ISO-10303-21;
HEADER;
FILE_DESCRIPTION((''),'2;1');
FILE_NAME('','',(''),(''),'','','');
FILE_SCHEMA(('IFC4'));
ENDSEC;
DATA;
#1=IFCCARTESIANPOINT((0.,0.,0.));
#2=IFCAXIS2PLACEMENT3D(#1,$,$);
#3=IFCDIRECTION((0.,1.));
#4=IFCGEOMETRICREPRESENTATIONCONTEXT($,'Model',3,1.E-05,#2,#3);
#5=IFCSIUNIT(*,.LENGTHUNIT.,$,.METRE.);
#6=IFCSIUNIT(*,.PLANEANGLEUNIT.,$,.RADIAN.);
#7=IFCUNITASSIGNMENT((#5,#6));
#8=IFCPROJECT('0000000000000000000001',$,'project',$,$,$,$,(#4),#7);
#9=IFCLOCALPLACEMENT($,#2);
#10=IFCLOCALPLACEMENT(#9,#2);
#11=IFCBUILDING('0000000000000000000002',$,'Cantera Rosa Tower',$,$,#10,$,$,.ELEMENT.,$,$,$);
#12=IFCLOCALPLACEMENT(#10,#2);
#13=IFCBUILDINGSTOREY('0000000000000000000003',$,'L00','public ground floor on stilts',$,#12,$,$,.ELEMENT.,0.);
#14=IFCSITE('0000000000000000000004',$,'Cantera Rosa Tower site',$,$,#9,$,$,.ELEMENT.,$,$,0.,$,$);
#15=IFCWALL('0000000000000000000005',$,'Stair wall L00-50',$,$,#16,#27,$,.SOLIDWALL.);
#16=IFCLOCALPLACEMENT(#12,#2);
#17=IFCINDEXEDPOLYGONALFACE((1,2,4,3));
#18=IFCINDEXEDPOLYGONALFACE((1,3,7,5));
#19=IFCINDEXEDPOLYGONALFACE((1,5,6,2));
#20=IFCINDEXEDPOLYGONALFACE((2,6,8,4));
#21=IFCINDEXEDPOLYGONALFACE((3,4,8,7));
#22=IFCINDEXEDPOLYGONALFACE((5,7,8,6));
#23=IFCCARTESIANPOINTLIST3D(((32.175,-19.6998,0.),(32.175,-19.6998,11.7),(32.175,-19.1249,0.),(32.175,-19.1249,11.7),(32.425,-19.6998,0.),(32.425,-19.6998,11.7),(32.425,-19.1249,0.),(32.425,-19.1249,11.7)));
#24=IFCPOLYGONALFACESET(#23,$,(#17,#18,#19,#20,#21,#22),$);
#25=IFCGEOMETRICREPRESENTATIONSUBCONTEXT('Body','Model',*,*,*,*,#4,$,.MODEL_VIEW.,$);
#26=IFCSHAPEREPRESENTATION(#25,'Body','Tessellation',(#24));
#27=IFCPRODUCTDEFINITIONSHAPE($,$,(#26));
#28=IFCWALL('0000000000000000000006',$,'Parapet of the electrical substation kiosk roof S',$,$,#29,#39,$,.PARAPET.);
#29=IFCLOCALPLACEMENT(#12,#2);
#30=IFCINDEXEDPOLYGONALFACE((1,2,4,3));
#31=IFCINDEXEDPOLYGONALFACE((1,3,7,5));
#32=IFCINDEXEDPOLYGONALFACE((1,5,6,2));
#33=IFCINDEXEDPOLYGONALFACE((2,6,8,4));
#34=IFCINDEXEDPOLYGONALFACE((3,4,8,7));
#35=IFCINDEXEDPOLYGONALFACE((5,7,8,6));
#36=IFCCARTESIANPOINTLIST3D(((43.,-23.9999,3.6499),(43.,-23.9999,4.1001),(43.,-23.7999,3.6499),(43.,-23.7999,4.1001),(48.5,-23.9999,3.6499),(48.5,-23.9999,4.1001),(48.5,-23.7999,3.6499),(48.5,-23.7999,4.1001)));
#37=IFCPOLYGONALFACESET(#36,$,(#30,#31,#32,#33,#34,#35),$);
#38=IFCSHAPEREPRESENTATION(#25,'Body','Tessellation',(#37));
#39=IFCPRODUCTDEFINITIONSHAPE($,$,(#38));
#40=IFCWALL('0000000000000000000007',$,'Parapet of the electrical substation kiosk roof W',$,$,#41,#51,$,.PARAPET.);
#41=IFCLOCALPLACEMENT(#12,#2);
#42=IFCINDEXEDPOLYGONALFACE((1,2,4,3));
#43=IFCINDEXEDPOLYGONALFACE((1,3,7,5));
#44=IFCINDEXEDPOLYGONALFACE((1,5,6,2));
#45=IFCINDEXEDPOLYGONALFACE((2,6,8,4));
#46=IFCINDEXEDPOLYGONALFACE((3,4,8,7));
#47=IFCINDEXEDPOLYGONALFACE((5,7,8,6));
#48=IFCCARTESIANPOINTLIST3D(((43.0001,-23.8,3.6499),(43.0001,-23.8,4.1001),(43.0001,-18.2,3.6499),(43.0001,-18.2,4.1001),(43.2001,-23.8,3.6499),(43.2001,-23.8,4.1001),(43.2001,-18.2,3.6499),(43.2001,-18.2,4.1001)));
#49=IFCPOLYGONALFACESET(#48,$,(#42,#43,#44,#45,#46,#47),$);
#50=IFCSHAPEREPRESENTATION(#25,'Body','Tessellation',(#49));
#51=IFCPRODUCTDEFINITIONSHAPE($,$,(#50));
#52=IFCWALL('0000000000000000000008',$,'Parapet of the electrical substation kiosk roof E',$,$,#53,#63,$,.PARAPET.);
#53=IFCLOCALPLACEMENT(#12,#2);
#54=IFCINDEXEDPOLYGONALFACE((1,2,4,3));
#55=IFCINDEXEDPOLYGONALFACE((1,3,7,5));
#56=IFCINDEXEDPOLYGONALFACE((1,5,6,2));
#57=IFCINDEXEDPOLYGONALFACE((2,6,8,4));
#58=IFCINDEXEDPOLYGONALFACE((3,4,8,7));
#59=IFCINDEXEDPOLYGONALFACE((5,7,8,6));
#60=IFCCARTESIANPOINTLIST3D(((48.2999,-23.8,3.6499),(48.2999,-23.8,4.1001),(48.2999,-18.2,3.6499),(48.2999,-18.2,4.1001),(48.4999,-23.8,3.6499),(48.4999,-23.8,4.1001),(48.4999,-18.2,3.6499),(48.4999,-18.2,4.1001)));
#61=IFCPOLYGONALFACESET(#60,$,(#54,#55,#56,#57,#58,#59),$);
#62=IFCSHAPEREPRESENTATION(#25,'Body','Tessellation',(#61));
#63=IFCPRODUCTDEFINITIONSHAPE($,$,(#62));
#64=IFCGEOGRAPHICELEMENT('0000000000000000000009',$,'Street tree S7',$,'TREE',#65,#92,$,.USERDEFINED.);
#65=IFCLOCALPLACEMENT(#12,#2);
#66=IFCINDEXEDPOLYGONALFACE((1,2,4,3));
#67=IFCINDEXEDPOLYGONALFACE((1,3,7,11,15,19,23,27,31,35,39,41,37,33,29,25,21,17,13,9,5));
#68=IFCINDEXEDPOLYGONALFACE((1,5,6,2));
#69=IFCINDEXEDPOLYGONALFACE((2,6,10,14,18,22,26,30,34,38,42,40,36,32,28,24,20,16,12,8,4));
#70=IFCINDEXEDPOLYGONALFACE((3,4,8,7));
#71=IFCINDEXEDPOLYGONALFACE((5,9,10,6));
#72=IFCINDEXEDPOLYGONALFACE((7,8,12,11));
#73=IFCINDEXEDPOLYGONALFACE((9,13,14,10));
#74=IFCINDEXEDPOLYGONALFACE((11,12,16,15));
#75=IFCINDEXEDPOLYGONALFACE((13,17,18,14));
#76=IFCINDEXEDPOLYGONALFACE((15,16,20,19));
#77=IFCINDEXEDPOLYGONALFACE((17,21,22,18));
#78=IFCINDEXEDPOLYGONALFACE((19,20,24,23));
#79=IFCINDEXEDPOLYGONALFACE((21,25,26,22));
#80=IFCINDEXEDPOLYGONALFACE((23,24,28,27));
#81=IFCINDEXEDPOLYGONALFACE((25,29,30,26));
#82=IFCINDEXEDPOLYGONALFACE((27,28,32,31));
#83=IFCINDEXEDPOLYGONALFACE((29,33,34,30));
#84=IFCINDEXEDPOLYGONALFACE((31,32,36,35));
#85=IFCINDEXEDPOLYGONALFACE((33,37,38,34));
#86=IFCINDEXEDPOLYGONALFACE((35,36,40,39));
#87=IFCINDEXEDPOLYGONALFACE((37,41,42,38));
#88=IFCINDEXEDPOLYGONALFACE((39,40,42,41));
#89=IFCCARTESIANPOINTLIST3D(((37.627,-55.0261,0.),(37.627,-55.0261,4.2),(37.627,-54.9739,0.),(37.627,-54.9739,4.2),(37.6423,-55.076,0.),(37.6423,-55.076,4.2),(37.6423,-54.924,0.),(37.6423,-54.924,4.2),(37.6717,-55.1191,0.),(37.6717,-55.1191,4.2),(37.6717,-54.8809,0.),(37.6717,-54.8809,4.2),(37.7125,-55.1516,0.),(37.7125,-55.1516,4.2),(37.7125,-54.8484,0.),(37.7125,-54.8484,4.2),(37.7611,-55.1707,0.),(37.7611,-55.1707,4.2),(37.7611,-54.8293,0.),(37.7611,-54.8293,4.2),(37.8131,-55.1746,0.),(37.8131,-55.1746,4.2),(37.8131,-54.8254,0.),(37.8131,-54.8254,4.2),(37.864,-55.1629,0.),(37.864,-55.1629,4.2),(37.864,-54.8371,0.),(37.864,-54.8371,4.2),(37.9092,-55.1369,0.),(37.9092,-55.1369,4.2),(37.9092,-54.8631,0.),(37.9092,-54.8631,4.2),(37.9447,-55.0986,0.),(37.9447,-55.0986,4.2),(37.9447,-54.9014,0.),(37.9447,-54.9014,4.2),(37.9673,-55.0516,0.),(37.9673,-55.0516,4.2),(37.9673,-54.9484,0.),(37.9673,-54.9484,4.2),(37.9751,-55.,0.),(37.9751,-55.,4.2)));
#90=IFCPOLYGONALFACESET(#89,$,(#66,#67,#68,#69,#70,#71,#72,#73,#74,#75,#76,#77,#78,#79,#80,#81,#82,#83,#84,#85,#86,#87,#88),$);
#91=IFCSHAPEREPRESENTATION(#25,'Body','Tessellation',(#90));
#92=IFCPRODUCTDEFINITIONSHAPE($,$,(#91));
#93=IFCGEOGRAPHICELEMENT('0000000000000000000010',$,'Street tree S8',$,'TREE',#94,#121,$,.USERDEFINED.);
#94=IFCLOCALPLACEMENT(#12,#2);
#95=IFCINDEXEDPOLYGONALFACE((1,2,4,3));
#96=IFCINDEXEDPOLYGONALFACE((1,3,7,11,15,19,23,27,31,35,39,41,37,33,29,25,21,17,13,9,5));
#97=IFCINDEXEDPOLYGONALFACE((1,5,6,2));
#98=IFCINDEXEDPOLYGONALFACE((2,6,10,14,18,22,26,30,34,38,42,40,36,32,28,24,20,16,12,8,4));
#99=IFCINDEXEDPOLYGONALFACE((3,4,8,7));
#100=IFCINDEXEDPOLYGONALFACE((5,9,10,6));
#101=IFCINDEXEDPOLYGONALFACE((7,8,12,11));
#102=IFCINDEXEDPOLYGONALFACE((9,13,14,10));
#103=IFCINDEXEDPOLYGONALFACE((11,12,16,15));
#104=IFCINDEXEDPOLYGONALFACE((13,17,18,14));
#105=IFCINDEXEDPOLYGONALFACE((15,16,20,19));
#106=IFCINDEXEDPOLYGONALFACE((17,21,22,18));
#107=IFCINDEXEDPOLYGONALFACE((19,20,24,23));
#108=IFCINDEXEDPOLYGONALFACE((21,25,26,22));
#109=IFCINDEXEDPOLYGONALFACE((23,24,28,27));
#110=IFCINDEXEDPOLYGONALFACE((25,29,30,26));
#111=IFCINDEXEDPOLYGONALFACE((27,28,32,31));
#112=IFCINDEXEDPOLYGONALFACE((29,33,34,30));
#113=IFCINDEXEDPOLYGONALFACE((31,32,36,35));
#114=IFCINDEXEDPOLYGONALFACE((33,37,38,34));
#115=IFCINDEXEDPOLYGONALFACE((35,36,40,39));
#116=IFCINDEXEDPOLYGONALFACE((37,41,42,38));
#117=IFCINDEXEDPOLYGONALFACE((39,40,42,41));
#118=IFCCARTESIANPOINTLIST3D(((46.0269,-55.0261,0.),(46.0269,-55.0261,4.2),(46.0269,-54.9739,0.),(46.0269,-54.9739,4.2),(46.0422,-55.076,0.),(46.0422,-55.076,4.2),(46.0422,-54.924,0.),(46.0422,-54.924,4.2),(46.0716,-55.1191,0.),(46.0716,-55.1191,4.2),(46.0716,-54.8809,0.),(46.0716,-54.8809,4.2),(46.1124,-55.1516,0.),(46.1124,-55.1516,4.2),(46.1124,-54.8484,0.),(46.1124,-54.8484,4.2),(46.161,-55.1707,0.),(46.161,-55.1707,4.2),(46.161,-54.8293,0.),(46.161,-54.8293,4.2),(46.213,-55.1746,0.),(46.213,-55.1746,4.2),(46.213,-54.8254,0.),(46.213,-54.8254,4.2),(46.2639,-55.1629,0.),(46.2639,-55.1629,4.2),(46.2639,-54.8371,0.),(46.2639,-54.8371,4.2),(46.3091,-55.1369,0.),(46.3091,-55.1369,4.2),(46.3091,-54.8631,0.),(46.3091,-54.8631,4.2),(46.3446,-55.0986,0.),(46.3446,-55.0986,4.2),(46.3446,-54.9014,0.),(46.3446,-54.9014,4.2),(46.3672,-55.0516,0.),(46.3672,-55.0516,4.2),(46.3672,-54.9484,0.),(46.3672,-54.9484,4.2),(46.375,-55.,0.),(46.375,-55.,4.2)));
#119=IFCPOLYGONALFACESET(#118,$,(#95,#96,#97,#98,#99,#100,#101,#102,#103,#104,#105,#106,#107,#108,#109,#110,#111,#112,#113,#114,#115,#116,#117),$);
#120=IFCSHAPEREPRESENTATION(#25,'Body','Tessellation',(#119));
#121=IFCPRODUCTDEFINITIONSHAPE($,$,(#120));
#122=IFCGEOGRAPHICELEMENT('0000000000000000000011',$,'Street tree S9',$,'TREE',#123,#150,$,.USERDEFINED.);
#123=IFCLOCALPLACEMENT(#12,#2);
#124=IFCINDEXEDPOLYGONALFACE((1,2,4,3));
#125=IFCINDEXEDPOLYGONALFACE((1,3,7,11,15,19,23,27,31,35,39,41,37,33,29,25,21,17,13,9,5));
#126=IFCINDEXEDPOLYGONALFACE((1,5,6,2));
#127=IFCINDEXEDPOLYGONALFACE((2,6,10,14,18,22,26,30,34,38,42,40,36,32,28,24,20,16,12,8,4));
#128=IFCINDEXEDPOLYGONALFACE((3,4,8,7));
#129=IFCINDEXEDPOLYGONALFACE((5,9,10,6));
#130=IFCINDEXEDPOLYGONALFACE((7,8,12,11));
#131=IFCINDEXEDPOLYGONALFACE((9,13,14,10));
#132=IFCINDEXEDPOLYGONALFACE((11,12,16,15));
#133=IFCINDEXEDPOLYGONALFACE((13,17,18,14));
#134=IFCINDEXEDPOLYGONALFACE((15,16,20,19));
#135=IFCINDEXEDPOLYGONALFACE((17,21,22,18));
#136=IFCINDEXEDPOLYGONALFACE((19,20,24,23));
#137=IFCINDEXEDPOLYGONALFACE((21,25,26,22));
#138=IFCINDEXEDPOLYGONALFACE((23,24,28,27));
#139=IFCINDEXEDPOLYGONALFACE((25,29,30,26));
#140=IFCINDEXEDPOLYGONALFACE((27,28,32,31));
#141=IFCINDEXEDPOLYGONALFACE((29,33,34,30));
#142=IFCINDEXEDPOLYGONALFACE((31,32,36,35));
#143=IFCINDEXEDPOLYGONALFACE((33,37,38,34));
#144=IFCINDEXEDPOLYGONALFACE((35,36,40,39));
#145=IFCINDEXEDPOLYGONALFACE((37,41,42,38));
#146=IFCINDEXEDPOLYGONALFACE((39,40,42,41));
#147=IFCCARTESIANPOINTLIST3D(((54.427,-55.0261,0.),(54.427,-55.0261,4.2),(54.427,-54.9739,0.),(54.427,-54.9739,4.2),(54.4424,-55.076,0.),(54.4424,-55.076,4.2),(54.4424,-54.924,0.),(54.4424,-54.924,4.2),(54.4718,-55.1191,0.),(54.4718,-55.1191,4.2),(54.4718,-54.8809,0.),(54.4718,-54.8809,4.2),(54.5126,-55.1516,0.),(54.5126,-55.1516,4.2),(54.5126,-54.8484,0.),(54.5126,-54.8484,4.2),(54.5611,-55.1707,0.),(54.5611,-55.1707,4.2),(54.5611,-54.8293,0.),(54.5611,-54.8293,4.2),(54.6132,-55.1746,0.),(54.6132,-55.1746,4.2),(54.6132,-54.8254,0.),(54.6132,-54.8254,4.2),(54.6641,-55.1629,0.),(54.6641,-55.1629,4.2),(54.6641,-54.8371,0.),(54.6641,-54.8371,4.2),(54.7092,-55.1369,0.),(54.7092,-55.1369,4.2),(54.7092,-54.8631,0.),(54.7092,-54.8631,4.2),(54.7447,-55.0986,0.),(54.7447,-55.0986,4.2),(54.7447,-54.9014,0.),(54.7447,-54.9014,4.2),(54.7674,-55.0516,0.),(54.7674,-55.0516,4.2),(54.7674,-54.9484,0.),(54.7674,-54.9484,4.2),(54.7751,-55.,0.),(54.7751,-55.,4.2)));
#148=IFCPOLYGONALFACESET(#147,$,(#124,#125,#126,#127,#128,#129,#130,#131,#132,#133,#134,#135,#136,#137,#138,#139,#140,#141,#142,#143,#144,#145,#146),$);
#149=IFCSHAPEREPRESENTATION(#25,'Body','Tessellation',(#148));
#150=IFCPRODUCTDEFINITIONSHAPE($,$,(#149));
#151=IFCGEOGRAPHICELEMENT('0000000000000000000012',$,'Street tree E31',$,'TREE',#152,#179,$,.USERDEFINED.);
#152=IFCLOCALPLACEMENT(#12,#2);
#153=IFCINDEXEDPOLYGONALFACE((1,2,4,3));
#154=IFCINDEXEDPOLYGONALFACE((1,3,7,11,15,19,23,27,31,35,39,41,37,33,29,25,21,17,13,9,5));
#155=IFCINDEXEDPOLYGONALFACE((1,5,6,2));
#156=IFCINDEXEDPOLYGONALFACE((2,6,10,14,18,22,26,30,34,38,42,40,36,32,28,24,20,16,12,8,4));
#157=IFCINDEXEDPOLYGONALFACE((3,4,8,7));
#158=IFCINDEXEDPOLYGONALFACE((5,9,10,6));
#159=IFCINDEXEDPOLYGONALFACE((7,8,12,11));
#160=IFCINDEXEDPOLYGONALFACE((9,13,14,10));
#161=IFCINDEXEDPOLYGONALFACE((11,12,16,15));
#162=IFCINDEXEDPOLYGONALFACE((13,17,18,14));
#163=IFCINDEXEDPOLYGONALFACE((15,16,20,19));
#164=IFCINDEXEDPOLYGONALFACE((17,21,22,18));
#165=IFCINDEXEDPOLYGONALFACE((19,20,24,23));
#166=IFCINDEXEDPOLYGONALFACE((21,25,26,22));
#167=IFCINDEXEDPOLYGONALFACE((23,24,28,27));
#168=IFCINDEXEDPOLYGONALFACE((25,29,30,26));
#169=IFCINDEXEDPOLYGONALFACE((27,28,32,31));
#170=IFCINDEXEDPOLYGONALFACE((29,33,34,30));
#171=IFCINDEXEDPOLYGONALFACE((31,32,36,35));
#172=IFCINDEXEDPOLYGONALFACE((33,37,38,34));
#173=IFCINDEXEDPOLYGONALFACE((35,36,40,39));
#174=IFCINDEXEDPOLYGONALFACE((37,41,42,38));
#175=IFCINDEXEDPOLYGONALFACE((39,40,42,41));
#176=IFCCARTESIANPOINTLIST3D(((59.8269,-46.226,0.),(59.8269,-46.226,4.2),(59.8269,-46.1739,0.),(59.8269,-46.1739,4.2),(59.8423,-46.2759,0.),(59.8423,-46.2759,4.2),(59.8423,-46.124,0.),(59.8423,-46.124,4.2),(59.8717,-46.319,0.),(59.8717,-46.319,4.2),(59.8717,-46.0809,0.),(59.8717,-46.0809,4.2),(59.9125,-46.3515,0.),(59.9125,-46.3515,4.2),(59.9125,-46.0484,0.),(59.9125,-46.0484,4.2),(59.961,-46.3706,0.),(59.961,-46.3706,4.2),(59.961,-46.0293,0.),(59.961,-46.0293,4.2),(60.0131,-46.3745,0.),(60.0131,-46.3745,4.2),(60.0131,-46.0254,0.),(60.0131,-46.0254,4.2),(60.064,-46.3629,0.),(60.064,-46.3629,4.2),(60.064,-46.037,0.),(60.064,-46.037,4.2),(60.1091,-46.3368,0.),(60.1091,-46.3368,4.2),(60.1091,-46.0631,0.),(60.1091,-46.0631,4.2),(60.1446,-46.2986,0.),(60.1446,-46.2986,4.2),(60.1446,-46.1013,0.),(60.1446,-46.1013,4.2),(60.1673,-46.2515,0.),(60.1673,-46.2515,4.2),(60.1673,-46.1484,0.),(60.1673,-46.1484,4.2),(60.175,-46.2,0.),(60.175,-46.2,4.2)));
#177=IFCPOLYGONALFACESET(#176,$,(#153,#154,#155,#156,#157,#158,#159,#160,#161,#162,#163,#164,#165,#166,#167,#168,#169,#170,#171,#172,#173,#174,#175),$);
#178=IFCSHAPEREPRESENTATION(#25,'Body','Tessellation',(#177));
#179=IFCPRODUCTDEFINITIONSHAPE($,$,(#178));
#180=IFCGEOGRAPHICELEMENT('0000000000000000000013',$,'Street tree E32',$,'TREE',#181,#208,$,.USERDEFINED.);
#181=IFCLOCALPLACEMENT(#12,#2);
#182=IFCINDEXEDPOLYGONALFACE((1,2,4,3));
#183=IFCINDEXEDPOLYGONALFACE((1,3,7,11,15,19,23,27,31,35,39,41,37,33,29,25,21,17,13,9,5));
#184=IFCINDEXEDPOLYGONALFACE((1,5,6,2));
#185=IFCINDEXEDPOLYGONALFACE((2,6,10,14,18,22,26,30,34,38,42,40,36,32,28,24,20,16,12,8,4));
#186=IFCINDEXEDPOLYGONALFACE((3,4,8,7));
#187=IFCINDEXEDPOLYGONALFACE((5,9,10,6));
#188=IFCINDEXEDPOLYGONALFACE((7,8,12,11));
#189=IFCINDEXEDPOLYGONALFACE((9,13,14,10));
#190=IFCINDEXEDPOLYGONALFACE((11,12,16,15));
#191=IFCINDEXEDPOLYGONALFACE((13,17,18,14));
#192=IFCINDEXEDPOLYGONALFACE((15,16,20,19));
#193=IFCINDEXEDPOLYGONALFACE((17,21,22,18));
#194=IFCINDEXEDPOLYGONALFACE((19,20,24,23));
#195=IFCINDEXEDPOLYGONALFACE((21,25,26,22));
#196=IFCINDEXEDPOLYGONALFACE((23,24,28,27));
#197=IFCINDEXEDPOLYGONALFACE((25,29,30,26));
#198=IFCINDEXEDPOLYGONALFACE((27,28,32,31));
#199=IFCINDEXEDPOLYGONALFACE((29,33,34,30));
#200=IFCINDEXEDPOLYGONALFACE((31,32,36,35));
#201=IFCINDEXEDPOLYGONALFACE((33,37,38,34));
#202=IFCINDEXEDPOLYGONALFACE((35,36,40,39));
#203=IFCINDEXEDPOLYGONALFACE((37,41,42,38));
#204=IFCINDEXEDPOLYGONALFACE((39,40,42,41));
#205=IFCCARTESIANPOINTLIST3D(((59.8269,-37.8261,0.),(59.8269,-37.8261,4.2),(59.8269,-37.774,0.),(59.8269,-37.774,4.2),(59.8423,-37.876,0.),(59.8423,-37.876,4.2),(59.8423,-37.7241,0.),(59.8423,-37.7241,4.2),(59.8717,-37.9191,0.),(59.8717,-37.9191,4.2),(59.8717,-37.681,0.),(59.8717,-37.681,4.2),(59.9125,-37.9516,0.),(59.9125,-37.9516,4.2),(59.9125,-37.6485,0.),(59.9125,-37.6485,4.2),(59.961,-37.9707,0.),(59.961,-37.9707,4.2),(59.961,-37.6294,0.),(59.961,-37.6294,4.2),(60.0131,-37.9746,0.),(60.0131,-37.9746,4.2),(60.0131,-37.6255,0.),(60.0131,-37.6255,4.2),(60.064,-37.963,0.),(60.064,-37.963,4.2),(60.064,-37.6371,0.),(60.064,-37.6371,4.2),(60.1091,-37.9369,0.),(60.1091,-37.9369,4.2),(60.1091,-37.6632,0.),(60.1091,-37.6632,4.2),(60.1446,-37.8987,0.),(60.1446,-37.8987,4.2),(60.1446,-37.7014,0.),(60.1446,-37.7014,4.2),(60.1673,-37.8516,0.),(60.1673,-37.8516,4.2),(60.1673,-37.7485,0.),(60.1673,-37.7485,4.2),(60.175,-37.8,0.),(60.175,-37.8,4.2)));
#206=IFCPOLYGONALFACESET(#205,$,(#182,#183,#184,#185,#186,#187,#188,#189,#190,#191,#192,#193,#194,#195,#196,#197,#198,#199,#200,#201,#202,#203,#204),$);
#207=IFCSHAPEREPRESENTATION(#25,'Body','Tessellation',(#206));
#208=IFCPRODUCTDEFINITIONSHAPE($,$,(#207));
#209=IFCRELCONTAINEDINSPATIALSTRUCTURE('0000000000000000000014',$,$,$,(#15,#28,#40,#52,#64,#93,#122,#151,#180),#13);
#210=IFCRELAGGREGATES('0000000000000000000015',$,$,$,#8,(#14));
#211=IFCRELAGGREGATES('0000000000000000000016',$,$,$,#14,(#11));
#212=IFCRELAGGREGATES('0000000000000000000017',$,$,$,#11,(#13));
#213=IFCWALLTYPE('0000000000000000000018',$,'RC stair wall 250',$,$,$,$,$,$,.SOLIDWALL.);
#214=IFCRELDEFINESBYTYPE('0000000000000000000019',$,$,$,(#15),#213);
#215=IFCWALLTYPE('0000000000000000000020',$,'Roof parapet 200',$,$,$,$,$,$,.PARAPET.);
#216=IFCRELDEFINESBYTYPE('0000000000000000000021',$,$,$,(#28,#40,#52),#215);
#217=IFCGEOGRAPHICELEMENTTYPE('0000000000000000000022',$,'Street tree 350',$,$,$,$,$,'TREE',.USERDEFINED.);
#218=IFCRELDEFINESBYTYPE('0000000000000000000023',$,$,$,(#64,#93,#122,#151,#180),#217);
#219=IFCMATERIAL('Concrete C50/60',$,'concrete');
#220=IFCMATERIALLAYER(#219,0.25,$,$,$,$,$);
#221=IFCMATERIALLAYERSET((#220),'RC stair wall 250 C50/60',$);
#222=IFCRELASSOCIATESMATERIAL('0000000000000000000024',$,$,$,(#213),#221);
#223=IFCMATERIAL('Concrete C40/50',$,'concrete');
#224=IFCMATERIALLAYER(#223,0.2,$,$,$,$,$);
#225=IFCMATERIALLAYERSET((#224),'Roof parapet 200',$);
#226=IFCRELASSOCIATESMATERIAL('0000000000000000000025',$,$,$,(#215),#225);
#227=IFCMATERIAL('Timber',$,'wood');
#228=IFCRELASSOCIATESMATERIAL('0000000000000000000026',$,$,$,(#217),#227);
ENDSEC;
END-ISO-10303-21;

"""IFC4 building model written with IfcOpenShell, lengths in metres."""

from ifc_helpers import new_model, si_unit, direction, frame, frame_2d, origin, origin_2d, place, context, subcontext, project, spatial, rectangle, circle, extrude, material, layer, layer_set, material_profile, profile_set, type_object, element, save


model = new_model("IFC4")

# Units and contexts
model_context = context("Model", 3, precision=1e-05, world=origin(), true_north=direction((0.0, 1.0)))
body_context = subcontext(model_context, "Body", "Model", "MODEL_VIEW")
ifc_project = project(units=[si_unit("LENGTHUNIT", "METRE"), si_unit("PLANEANGLEUNIT", "RADIAN")], contexts=[model_context])

# Site, building, storey
site_placement = place(None, origin())
site = spatial("IfcSite", under=ifc_project, at=site_placement, Name="Cantera Rosa Tower site", CompositionType="ELEMENT", RefElevation=0.0)
building_placement = place(site_placement, origin())
building = spatial("IfcBuilding", under=site, at=building_placement, Name="Cantera Rosa Tower", CompositionType="ELEMENT")
storey_placement = place(building_placement, origin())
storey = spatial("IfcBuildingStorey", under=building, at=storey_placement, Name="L00", Description="public ground floor on stilts", CompositionType="ELEMENT", Elevation=0.0)

# Walls
ifc_material_1 = material(Name="Concrete C50/60", Category="concrete")
ifc_layer_1 = layer(ifc_material_1, 0.25)
ifc_layer_set_1 = layer_set([ifc_layer_1], Name="RC stair wall 250 C50/60")
wall_type_1 = type_object("IfcWallType", Name="RC stair wall 250", PredefinedType="SOLIDWALL", material=ifc_layer_set_1)
wall_1_placement = place(storey_placement, frame((32.3, -19.7, 0.0), z_axis=(0.0, 0.0, 1.0), x_axis=(0.0, 1.0, 0.0)))
element("IfcWall", 1, at=wall_1_placement, inside=storey, type_object=wall_type_1, Name="Stair wall L00-50", PredefinedType="SOLIDWALL", context=body_context, shape_type="SweptSolid", body=[
    extrude(rectangle(XDim=0.575, YDim=0.25, at=frame_2d((0.2876, 0.0))), origin(), (0.0, 0.0, 1.0), 11.7),
])
ifc_material_2 = material(Name="Concrete C40/50", Category="concrete")
ifc_layer_2 = layer(ifc_material_2, 0.2)
ifc_layer_set_2 = layer_set([ifc_layer_2], Name="Roof parapet 200")
wall_type_2 = type_object("IfcWallType", Name="Roof parapet 200", PredefinedType="PARAPET", material=ifc_layer_set_2)
wall_2_placement = place(storey_placement, frame((43.0, -23.8999, 3.6499), z_axis=(0.0, 0.0, 1.0), x_axis=(1.0, 0.0, 0.0)))
element("IfcWall", 2, at=wall_2_placement, inside=storey, type_object=wall_type_2, Name="Parapet of the electrical substation kiosk roof S", PredefinedType="PARAPET", context=body_context, shape_type="SweptSolid", body=[
    extrude(rectangle(XDim=5.5, YDim=0.2, at=frame_2d((2.75, 0.0))), origin(), (0.0, 0.0, 1.0), 0.4502),
])
for number, where, z_axis, x_axis, name in (
    (3, (43.1001, -23.8, 3.6499), (0.0, 0.0, 1.0), (0.0, 1.0, 0.0), "Parapet of the electrical substation kiosk roof W"),
    (4, (48.3999, -23.8, 3.6499), (0.0, 0.0, 1.0), (0.0, 1.0, 0.0), "Parapet of the electrical substation kiosk roof E"),
):
    element("IfcWall", number, at=place(storey_placement, frame(where, z_axis=z_axis, x_axis=x_axis)), inside=storey, type_object=wall_type_2, Name=name, PredefinedType="PARAPET", context=body_context, shape_type="SweptSolid", body=[
        extrude(rectangle(XDim=5.6001, YDim=0.2, at=frame_2d((2.8, 0.0))), origin(), (0.0, 0.0, 1.0), 0.4502),
    ])

# Geographic elements
ifc_material_3 = material(Name="Timber", Category="wood")
ifc_material_profile_1 = material_profile(ifc_material_3, circle(Radius=0.175, at=origin_2d()), Name="Street tree 350")
ifc_profile_set_1 = profile_set([ifc_material_profile_1], Name="Timber")
geographic_element_type = type_object("IfcGeographicElementType", Name="Street tree 350", ElementType="TREE", PredefinedType="USERDEFINED", material=ifc_profile_set_1)
for number, where, z_axis, x_axis, name in (
    (5, (37.8, -55.0, 0.0), (0.0, 0.0, 1.0), (1.0, 0.0, 0.0), "Street tree S7"),
    (6, (46.2, -55.0, 0.0), (0.0, 0.0, 1.0), (1.0, 0.0, 0.0), "Street tree S8"),
    (7, (54.6001, -55.0, 0.0), (0.0, 0.0, 1.0), (1.0, 0.0, 0.0), "Street tree S9"),
    (8, (60.0, -46.2, 0.0), (0.0, 0.0, 1.0), (1.0, 0.0, 0.0), "Street tree E31"),
    (9, (60.0, -37.8, 0.0), (0.0, 0.0, 1.0), (1.0, 0.0, 0.0), "Street tree E32"),
):
    element("IfcGeographicElement", number, at=place(storey_placement, frame(where, z_axis=z_axis, x_axis=x_axis)), inside=storey, type_object=geographic_element_type, Name=name, ObjectType="TREE", PredefinedType="USERDEFINED", context=body_context, shape_type="SweptSolid", body=[
        extrude(circle(Radius=0.175, at=origin_2d()), origin(), (0.0, 0.0, 1.0), 4.2),
    ])

save(model, "model.ifc")
